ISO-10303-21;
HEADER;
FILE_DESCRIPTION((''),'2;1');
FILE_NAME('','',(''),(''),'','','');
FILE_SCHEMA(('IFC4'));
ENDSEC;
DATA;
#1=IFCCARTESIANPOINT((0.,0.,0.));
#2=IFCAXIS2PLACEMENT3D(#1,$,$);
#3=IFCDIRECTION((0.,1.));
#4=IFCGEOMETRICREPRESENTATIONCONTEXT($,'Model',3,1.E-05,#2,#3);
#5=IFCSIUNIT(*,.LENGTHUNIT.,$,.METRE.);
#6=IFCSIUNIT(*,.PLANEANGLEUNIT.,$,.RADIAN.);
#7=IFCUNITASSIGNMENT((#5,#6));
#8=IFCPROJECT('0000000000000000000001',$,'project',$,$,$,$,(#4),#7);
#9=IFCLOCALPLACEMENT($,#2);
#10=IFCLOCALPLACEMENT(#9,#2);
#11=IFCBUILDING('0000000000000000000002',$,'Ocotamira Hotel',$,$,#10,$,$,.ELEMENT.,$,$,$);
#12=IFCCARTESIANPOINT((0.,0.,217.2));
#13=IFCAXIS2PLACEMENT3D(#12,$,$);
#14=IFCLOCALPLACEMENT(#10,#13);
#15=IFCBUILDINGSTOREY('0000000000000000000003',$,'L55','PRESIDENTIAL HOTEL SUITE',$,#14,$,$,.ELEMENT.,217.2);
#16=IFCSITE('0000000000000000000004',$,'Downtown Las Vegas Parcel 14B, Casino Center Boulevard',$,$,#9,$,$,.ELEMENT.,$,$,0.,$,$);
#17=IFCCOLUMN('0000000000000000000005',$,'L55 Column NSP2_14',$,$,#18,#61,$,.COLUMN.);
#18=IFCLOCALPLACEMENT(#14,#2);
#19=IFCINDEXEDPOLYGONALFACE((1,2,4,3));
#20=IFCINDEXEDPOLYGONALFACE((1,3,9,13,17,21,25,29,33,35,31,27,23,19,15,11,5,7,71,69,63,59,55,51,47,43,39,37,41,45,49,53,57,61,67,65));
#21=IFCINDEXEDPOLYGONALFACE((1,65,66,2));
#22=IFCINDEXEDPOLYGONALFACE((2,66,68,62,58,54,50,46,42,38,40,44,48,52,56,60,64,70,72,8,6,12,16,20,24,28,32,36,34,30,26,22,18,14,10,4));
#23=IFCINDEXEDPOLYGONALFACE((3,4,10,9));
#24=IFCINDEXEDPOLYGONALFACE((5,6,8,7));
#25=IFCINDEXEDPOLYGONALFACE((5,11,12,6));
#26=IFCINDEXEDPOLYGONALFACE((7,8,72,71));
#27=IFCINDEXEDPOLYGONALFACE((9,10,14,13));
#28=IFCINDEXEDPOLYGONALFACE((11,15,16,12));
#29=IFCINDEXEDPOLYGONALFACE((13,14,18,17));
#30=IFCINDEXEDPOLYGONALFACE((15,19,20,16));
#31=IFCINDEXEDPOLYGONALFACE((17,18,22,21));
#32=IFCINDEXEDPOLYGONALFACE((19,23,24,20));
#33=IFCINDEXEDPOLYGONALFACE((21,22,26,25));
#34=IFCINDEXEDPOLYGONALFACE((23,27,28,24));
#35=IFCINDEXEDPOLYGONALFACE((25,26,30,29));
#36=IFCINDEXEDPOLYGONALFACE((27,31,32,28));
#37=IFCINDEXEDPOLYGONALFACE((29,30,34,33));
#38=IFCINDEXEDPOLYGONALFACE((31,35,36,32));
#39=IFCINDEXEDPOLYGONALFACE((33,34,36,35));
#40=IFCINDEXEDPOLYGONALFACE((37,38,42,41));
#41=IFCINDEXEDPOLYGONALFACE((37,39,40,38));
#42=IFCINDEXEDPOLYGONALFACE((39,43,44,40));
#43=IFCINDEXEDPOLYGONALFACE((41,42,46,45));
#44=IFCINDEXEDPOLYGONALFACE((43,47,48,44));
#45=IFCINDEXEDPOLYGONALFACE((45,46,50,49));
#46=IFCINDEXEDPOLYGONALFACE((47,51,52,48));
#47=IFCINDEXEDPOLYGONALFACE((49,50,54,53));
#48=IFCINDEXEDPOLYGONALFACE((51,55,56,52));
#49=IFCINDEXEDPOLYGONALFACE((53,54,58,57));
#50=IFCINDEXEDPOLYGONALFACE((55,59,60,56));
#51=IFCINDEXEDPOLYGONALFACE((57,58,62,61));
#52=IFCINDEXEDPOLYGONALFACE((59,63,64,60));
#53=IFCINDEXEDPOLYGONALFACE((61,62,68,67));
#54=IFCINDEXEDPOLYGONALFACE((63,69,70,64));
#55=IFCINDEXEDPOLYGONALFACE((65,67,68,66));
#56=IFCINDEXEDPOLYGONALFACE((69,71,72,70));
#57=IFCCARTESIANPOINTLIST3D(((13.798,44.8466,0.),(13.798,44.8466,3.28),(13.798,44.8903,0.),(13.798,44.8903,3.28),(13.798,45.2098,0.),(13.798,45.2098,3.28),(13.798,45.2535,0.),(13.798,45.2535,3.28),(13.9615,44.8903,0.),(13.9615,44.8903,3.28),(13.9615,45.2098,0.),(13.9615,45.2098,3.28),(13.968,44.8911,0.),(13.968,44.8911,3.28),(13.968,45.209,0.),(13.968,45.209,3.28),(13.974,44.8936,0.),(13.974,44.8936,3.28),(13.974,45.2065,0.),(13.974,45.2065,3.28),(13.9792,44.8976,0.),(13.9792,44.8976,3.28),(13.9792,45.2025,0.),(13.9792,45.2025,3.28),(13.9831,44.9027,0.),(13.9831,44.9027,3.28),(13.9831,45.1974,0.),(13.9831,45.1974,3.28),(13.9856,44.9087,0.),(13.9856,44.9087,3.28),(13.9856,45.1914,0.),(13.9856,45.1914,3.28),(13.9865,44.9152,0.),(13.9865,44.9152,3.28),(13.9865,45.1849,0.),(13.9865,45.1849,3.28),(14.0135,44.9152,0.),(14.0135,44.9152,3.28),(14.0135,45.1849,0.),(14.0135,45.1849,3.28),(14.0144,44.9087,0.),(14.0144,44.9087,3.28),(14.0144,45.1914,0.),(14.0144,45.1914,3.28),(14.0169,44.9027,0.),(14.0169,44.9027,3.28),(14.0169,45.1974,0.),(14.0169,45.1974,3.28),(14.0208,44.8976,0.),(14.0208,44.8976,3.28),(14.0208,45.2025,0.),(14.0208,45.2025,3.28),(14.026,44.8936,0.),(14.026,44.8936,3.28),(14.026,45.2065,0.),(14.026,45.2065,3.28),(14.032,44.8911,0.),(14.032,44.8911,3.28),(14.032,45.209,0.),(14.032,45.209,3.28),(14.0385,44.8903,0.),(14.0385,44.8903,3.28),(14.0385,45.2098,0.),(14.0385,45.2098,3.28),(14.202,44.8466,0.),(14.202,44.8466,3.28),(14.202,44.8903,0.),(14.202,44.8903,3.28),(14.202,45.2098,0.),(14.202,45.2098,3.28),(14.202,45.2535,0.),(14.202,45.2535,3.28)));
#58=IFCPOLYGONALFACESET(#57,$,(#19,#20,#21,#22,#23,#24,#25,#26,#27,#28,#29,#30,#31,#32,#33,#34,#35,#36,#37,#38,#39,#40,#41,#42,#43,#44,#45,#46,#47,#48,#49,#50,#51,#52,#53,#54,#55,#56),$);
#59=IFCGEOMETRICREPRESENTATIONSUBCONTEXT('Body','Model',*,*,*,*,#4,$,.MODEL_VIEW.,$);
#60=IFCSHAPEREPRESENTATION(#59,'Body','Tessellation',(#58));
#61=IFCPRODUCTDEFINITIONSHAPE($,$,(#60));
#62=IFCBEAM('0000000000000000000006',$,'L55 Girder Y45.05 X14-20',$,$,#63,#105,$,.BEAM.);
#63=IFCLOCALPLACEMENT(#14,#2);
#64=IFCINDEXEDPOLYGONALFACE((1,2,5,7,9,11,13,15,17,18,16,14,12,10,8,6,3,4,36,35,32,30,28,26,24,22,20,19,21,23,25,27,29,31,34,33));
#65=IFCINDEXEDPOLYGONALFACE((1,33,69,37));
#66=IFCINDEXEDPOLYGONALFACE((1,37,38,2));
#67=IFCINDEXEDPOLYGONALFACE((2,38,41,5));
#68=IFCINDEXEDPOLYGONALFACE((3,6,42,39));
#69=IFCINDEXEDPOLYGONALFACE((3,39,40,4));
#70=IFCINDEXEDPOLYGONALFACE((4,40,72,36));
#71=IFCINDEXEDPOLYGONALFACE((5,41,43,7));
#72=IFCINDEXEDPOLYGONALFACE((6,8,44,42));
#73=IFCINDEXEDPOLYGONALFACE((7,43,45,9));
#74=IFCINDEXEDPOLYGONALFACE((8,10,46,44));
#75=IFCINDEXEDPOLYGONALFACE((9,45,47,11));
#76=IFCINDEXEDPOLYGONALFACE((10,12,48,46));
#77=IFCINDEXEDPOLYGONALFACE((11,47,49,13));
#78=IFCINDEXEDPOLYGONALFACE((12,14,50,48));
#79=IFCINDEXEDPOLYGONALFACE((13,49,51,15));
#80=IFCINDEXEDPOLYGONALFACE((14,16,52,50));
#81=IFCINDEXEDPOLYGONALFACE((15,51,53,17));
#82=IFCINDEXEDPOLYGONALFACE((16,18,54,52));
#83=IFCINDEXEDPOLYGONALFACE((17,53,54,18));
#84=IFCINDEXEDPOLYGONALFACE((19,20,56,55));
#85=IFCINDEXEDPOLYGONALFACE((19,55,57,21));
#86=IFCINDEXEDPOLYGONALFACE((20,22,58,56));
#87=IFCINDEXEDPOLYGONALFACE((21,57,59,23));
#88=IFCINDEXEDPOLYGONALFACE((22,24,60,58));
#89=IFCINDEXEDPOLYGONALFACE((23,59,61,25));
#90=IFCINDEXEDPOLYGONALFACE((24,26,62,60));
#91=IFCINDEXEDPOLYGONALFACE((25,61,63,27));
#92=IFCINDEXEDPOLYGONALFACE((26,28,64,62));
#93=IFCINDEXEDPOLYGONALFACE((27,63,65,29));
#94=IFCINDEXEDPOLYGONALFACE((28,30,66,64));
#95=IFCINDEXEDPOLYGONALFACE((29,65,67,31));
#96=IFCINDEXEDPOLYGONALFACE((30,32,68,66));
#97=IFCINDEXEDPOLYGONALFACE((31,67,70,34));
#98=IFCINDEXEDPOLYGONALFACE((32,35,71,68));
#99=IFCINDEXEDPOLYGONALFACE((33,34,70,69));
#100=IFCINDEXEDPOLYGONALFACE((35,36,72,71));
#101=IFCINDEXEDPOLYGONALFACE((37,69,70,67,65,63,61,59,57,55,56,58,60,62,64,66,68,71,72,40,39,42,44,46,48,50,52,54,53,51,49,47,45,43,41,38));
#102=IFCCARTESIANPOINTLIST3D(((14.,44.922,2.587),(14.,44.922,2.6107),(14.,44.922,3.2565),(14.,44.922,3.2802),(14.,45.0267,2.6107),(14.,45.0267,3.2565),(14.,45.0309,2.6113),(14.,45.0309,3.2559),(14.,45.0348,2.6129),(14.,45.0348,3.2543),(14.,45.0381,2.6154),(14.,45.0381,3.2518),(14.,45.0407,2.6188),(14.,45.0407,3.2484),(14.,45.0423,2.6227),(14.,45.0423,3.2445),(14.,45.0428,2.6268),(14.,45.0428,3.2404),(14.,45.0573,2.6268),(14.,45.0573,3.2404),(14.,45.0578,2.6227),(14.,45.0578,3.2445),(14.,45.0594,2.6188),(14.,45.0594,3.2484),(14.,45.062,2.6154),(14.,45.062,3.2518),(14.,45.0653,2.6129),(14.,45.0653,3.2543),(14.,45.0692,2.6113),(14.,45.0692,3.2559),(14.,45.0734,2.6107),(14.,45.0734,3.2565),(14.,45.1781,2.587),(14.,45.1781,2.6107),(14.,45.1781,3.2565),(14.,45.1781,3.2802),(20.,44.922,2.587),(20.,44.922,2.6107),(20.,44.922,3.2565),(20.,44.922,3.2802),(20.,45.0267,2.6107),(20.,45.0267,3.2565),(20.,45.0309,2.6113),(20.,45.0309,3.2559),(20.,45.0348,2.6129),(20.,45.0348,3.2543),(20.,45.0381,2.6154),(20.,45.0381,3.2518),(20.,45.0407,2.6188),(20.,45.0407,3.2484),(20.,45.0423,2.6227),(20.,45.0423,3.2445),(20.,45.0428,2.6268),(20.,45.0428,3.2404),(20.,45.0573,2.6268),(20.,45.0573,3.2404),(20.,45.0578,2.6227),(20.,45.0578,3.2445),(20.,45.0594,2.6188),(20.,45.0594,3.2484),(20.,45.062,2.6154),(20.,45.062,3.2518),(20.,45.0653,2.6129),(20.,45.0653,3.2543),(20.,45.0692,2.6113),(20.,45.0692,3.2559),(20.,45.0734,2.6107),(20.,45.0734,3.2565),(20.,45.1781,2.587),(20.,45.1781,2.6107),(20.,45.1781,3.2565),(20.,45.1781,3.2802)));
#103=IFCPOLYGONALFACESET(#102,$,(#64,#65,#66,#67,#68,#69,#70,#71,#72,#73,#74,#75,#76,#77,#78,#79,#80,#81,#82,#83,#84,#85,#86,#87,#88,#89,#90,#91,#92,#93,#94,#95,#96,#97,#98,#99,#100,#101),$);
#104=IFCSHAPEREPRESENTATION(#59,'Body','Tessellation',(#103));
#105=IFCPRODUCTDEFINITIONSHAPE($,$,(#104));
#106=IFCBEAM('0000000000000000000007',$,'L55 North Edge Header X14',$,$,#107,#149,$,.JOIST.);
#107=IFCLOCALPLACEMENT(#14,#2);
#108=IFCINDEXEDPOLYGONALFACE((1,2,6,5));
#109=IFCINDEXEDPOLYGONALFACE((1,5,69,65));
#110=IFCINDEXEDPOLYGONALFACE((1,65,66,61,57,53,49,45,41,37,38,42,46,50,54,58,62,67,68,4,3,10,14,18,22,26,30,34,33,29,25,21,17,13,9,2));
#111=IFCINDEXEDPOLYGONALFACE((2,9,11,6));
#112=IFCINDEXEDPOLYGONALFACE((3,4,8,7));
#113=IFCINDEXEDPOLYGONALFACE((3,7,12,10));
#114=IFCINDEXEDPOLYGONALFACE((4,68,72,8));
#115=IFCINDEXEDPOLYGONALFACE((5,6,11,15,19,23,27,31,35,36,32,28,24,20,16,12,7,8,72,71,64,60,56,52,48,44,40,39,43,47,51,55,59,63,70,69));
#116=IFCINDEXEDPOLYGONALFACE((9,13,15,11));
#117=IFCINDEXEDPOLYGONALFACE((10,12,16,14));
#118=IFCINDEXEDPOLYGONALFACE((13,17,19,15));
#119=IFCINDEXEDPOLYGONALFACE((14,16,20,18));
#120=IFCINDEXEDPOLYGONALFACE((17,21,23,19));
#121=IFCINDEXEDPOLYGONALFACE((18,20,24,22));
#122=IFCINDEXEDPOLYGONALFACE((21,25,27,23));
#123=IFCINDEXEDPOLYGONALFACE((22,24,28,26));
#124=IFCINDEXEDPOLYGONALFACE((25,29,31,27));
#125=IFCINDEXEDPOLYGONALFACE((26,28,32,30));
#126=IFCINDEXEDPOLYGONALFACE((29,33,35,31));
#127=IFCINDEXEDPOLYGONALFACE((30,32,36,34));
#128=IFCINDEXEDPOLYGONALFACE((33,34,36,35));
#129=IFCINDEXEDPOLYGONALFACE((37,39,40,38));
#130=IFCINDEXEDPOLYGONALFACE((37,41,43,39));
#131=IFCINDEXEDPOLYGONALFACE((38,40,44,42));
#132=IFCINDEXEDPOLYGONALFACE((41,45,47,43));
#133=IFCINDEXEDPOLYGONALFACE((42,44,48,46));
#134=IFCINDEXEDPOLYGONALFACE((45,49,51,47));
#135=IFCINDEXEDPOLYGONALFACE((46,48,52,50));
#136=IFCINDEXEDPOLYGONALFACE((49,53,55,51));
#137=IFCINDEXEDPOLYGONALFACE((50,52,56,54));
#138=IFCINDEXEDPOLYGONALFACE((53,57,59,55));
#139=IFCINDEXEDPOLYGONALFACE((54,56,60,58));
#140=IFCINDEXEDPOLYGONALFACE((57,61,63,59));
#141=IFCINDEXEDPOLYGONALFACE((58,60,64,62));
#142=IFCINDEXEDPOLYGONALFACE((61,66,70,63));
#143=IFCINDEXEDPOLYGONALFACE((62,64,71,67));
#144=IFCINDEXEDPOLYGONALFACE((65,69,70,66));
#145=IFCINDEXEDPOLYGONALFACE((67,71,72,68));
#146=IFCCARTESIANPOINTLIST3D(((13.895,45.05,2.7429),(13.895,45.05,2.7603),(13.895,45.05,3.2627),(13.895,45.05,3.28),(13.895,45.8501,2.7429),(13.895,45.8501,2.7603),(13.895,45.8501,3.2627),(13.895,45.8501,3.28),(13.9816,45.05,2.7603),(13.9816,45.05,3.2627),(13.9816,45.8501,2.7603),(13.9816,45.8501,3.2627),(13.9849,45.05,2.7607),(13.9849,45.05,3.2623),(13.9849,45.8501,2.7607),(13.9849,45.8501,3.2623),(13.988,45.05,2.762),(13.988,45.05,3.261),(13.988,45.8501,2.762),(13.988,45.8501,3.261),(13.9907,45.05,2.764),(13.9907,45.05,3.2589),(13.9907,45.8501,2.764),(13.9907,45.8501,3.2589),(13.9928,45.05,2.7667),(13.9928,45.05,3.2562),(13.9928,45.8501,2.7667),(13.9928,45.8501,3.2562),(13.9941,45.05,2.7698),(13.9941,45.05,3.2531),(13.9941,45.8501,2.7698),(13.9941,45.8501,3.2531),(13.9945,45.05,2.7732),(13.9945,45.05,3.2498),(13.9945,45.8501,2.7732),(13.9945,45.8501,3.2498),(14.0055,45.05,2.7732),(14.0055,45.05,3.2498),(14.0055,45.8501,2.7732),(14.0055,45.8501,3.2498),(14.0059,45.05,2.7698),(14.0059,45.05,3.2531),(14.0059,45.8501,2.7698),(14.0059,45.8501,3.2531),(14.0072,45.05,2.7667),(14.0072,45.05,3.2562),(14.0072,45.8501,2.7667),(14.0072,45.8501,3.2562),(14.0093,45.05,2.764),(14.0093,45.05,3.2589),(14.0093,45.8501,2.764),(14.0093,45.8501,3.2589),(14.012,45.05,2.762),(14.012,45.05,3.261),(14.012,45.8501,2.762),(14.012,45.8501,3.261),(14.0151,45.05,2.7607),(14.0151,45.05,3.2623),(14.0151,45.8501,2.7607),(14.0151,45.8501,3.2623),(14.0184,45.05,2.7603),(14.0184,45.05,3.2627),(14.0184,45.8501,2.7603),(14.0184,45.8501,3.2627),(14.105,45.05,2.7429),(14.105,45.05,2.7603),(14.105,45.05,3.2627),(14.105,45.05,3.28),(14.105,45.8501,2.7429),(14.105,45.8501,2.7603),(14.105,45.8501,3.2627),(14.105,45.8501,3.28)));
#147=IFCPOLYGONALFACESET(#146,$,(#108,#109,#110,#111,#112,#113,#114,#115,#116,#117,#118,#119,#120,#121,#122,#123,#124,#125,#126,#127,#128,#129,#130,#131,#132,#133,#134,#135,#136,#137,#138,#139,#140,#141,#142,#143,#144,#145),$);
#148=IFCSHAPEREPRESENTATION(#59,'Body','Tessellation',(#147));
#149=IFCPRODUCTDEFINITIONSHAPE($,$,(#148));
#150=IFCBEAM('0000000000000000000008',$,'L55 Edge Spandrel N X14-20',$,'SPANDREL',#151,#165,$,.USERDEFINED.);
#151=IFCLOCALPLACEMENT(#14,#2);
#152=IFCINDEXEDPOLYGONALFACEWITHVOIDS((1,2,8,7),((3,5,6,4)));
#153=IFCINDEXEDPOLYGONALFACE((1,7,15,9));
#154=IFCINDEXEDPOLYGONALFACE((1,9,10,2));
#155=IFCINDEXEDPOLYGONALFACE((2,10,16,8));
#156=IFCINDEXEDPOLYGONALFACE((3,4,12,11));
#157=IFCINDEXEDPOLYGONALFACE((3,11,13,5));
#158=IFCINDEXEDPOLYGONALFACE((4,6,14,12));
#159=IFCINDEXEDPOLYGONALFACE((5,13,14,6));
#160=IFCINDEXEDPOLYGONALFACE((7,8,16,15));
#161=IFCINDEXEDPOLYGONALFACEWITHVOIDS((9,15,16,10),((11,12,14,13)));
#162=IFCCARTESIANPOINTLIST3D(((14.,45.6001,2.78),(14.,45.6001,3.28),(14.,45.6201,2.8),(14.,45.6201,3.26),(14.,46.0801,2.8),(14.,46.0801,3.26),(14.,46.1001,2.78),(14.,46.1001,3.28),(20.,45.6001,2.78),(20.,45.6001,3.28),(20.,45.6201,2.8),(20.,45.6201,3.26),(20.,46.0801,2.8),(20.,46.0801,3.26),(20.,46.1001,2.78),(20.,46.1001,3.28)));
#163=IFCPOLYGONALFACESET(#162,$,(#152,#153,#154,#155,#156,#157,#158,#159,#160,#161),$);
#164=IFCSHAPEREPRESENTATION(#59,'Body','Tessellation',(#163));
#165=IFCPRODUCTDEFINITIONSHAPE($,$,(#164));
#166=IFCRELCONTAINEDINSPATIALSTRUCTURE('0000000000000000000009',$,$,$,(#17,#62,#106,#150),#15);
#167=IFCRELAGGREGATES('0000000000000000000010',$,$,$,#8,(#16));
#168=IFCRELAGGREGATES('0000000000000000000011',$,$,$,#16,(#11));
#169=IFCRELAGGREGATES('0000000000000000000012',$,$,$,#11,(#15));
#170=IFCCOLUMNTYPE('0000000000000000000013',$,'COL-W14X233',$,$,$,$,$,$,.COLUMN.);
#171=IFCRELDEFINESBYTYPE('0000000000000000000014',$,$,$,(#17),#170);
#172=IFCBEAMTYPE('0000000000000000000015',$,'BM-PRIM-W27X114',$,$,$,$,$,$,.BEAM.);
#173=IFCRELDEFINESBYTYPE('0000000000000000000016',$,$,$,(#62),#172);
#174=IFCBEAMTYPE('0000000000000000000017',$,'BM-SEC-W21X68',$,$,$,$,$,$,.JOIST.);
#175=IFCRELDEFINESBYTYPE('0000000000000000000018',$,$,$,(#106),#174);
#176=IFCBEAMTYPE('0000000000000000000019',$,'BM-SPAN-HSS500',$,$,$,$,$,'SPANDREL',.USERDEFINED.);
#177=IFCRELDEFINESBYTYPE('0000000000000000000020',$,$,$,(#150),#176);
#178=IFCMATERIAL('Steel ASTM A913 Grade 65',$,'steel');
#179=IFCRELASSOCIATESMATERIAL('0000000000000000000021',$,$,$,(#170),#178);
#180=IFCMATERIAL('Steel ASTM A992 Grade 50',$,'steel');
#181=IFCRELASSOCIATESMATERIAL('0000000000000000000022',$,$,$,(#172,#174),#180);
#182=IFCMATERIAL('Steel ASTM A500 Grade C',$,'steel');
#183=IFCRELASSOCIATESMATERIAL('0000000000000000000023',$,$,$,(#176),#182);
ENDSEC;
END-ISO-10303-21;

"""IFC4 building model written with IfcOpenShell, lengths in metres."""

from ifc_helpers import new_model, si_unit, direction, frame, origin, origin_2d, place, context, subcontext, project, spatial, hollow_rectangle, i_section, extrude, source, transform, mapped, material, material_profile, profile_set, type_object, element, save


model = new_model("IFC4")

# Units and contexts
model_context = context("Model", 3, precision=1e-05, world=origin(), true_north=direction((0.0, 1.0)))
body_context = subcontext(model_context, "Body", "Model", "MODEL_VIEW")
ifc_project = project(units=[si_unit("LENGTHUNIT", "METRE"), si_unit("PLANEANGLEUNIT", "RADIAN")], contexts=[model_context])

# Site, building, storey
site_placement = place(None, origin())
site = spatial("IfcSite", under=ifc_project, at=site_placement, Name="Downtown Las Vegas Parcel 14B, Casino Center Boulevard", CompositionType="ELEMENT", RefElevation=0.0)
building_placement = place(site_placement, origin())
building = spatial("IfcBuilding", under=site, at=building_placement, Name="Ocotamira Hotel", CompositionType="ELEMENT")
storey_placement = place(building_placement, frame((0.0, 0.0, 217.2)))
storey = spatial("IfcBuildingStorey", under=building, at=storey_placement, Name="L55", Description="PRESIDENTIAL HOTEL SUITE", CompositionType="ELEMENT", Elevation=217.2)

# Column
ifc_material_1 = material(Name="Steel ASTM A913 Grade 65", Category="steel")
ifc_material_profile_1 = material_profile(ifc_material_1, i_section(OverallWidth=0.4041, OverallDepth=0.407, WebThickness=0.0271, FlangeThickness=0.0437, FilletRadius=0.0249, at=origin_2d()), Name="W14X233")
ifc_profile_set_1 = profile_set([ifc_material_profile_1], Name="Steel ASTM A913 Grade 65")
column_type = type_object("IfcColumnType", Name="COL-W14X233", PredefinedType="COLUMN", material=ifc_profile_set_1)
shared_shape_1 = source(origin(), body_context, "Body", "SweptSolid", [
    extrude(i_section(OverallWidth=0.4041, OverallDepth=0.407, WebThickness=0.0271, FlangeThickness=0.0437, FilletRadius=0.0249, at=origin_2d()), origin(), (0.0, 0.0, 1.0), 3.28),
])
column_placement = place(storey_placement, frame((14.0, 45.05, 0.0), z_axis=(0.0, 0.0, 1.0), x_axis=(1.0, 0.0, 0.0)))
element("IfcColumn", 1, at=column_placement, inside=storey, type_object=column_type, Name="L55 Column NSP2_14", PredefinedType="COLUMN", context=body_context, shape_type="MappedRepresentation", body=[
    mapped(shared_shape_1, transform((0.0, 0.0, 0.0), scale=1.0)),
])

# Beams
ifc_material_2 = material(Name="Steel ASTM A992 Grade 50", Category="steel")
ifc_material_profile_2 = material_profile(ifc_material_2, i_section(OverallWidth=0.2561, OverallDepth=0.6931, WebThickness=0.0144, FlangeThickness=0.0237, FilletRadius=0.0161, at=origin_2d()), Name="W27X114")
ifc_profile_set_2 = profile_set([ifc_material_profile_2], Name="Steel ASTM A992 Grade 50")
beam_type_1 = type_object("IfcBeamType", Name="BM-PRIM-W27X114", PredefinedType="BEAM", material=ifc_profile_set_2)
shared_shape_2 = source(origin(), body_context, "Body", "SweptSolid", [
    extrude(i_section(OverallWidth=0.2561, OverallDepth=0.6931, WebThickness=0.0144, FlangeThickness=0.0237, FilletRadius=0.0161, at=origin_2d()), origin(), (0.0, 0.0, 1.0), 6.0),
])
beam_1_placement = place(storey_placement, frame((14.0, 45.05, 2.9336), z_axis=(1.0, 0.0, 0.0), x_axis=(0.0, 1.0, 0.0)))
element("IfcBeam", 2, at=beam_1_placement, inside=storey, type_object=beam_type_1, Name="L55 Girder Y45.05 X14-20", PredefinedType="BEAM", context=body_context, shape_type="MappedRepresentation", body=[
    mapped(shared_shape_2, transform((0.0, 0.0, 0.0), scale=1.0)),
])
ifc_material_profile_3 = material_profile(ifc_material_2, i_section(OverallWidth=0.21, OverallDepth=0.5371, WebThickness=0.011, FlangeThickness=0.0173, FilletRadius=0.0129, at=origin_2d()), Name="W21X68")
ifc_profile_set_3 = profile_set([ifc_material_profile_3], Name="Steel ASTM A992 Grade 50")
beam_type_2 = type_object("IfcBeamType", Name="BM-SEC-W21X68", PredefinedType="JOIST", material=ifc_profile_set_3)
shared_shape_3 = source(origin(), body_context, "Body", "SweptSolid", [
    extrude(i_section(OverallWidth=0.21, OverallDepth=0.5371, WebThickness=0.011, FlangeThickness=0.0173, FilletRadius=0.0129, at=origin_2d()), origin(), (0.0, 0.0, 1.0), 0.8),
])
beam_2_placement = place(storey_placement, frame((14.0, 45.05, 3.0115), z_axis=(0.0, 1.0, 0.0), x_axis=(-1.0, 0.0, 0.0)))
element("IfcBeam", 3, at=beam_2_placement, inside=storey, type_object=beam_type_2, Name="L55 North Edge Header X14", PredefinedType="JOIST", context=body_context, shape_type="MappedRepresentation", body=[
    mapped(shared_shape_3, transform((0.0, 0.0, 0.0), scale=1.0)),
])
ifc_material_3 = material(Name="Steel ASTM A500 Grade C", Category="steel")
ifc_material_profile_4 = material_profile(ifc_material_3, hollow_rectangle(XDim=0.5, YDim=0.5, WallThickness=0.02, at=origin_2d()), Name="HSS500X500X20")
ifc_profile_set_4 = profile_set([ifc_material_profile_4], Name="Steel ASTM A500 Grade C")
beam_type_3 = type_object("IfcBeamType", Name="BM-SPAN-HSS500", ElementType="SPANDREL", PredefinedType="USERDEFINED", material=ifc_profile_set_4)
shared_shape_4 = source(origin(), body_context, "Body", "SweptSolid", [
    extrude(hollow_rectangle(XDim=0.5, YDim=0.5, WallThickness=0.02, at=origin_2d()), origin(), (0.0, 0.0, 1.0), 6.0),
])
beam_3_placement = place(storey_placement, frame((14.0, 45.8501, 3.03), z_axis=(1.0, 0.0, 0.0), x_axis=(0.0, 1.0, 0.0)))
element("IfcBeam", 4, at=beam_3_placement, inside=storey, type_object=beam_type_3, Name="L55 Edge Spandrel N X14-20", ObjectType="SPANDREL", PredefinedType="USERDEFINED", context=body_context, shape_type="MappedRepresentation", body=[
    mapped(shared_shape_4, transform((0.0, 0.0, 0.0), scale=1.0)),
])

save(model, "model.ifc")
